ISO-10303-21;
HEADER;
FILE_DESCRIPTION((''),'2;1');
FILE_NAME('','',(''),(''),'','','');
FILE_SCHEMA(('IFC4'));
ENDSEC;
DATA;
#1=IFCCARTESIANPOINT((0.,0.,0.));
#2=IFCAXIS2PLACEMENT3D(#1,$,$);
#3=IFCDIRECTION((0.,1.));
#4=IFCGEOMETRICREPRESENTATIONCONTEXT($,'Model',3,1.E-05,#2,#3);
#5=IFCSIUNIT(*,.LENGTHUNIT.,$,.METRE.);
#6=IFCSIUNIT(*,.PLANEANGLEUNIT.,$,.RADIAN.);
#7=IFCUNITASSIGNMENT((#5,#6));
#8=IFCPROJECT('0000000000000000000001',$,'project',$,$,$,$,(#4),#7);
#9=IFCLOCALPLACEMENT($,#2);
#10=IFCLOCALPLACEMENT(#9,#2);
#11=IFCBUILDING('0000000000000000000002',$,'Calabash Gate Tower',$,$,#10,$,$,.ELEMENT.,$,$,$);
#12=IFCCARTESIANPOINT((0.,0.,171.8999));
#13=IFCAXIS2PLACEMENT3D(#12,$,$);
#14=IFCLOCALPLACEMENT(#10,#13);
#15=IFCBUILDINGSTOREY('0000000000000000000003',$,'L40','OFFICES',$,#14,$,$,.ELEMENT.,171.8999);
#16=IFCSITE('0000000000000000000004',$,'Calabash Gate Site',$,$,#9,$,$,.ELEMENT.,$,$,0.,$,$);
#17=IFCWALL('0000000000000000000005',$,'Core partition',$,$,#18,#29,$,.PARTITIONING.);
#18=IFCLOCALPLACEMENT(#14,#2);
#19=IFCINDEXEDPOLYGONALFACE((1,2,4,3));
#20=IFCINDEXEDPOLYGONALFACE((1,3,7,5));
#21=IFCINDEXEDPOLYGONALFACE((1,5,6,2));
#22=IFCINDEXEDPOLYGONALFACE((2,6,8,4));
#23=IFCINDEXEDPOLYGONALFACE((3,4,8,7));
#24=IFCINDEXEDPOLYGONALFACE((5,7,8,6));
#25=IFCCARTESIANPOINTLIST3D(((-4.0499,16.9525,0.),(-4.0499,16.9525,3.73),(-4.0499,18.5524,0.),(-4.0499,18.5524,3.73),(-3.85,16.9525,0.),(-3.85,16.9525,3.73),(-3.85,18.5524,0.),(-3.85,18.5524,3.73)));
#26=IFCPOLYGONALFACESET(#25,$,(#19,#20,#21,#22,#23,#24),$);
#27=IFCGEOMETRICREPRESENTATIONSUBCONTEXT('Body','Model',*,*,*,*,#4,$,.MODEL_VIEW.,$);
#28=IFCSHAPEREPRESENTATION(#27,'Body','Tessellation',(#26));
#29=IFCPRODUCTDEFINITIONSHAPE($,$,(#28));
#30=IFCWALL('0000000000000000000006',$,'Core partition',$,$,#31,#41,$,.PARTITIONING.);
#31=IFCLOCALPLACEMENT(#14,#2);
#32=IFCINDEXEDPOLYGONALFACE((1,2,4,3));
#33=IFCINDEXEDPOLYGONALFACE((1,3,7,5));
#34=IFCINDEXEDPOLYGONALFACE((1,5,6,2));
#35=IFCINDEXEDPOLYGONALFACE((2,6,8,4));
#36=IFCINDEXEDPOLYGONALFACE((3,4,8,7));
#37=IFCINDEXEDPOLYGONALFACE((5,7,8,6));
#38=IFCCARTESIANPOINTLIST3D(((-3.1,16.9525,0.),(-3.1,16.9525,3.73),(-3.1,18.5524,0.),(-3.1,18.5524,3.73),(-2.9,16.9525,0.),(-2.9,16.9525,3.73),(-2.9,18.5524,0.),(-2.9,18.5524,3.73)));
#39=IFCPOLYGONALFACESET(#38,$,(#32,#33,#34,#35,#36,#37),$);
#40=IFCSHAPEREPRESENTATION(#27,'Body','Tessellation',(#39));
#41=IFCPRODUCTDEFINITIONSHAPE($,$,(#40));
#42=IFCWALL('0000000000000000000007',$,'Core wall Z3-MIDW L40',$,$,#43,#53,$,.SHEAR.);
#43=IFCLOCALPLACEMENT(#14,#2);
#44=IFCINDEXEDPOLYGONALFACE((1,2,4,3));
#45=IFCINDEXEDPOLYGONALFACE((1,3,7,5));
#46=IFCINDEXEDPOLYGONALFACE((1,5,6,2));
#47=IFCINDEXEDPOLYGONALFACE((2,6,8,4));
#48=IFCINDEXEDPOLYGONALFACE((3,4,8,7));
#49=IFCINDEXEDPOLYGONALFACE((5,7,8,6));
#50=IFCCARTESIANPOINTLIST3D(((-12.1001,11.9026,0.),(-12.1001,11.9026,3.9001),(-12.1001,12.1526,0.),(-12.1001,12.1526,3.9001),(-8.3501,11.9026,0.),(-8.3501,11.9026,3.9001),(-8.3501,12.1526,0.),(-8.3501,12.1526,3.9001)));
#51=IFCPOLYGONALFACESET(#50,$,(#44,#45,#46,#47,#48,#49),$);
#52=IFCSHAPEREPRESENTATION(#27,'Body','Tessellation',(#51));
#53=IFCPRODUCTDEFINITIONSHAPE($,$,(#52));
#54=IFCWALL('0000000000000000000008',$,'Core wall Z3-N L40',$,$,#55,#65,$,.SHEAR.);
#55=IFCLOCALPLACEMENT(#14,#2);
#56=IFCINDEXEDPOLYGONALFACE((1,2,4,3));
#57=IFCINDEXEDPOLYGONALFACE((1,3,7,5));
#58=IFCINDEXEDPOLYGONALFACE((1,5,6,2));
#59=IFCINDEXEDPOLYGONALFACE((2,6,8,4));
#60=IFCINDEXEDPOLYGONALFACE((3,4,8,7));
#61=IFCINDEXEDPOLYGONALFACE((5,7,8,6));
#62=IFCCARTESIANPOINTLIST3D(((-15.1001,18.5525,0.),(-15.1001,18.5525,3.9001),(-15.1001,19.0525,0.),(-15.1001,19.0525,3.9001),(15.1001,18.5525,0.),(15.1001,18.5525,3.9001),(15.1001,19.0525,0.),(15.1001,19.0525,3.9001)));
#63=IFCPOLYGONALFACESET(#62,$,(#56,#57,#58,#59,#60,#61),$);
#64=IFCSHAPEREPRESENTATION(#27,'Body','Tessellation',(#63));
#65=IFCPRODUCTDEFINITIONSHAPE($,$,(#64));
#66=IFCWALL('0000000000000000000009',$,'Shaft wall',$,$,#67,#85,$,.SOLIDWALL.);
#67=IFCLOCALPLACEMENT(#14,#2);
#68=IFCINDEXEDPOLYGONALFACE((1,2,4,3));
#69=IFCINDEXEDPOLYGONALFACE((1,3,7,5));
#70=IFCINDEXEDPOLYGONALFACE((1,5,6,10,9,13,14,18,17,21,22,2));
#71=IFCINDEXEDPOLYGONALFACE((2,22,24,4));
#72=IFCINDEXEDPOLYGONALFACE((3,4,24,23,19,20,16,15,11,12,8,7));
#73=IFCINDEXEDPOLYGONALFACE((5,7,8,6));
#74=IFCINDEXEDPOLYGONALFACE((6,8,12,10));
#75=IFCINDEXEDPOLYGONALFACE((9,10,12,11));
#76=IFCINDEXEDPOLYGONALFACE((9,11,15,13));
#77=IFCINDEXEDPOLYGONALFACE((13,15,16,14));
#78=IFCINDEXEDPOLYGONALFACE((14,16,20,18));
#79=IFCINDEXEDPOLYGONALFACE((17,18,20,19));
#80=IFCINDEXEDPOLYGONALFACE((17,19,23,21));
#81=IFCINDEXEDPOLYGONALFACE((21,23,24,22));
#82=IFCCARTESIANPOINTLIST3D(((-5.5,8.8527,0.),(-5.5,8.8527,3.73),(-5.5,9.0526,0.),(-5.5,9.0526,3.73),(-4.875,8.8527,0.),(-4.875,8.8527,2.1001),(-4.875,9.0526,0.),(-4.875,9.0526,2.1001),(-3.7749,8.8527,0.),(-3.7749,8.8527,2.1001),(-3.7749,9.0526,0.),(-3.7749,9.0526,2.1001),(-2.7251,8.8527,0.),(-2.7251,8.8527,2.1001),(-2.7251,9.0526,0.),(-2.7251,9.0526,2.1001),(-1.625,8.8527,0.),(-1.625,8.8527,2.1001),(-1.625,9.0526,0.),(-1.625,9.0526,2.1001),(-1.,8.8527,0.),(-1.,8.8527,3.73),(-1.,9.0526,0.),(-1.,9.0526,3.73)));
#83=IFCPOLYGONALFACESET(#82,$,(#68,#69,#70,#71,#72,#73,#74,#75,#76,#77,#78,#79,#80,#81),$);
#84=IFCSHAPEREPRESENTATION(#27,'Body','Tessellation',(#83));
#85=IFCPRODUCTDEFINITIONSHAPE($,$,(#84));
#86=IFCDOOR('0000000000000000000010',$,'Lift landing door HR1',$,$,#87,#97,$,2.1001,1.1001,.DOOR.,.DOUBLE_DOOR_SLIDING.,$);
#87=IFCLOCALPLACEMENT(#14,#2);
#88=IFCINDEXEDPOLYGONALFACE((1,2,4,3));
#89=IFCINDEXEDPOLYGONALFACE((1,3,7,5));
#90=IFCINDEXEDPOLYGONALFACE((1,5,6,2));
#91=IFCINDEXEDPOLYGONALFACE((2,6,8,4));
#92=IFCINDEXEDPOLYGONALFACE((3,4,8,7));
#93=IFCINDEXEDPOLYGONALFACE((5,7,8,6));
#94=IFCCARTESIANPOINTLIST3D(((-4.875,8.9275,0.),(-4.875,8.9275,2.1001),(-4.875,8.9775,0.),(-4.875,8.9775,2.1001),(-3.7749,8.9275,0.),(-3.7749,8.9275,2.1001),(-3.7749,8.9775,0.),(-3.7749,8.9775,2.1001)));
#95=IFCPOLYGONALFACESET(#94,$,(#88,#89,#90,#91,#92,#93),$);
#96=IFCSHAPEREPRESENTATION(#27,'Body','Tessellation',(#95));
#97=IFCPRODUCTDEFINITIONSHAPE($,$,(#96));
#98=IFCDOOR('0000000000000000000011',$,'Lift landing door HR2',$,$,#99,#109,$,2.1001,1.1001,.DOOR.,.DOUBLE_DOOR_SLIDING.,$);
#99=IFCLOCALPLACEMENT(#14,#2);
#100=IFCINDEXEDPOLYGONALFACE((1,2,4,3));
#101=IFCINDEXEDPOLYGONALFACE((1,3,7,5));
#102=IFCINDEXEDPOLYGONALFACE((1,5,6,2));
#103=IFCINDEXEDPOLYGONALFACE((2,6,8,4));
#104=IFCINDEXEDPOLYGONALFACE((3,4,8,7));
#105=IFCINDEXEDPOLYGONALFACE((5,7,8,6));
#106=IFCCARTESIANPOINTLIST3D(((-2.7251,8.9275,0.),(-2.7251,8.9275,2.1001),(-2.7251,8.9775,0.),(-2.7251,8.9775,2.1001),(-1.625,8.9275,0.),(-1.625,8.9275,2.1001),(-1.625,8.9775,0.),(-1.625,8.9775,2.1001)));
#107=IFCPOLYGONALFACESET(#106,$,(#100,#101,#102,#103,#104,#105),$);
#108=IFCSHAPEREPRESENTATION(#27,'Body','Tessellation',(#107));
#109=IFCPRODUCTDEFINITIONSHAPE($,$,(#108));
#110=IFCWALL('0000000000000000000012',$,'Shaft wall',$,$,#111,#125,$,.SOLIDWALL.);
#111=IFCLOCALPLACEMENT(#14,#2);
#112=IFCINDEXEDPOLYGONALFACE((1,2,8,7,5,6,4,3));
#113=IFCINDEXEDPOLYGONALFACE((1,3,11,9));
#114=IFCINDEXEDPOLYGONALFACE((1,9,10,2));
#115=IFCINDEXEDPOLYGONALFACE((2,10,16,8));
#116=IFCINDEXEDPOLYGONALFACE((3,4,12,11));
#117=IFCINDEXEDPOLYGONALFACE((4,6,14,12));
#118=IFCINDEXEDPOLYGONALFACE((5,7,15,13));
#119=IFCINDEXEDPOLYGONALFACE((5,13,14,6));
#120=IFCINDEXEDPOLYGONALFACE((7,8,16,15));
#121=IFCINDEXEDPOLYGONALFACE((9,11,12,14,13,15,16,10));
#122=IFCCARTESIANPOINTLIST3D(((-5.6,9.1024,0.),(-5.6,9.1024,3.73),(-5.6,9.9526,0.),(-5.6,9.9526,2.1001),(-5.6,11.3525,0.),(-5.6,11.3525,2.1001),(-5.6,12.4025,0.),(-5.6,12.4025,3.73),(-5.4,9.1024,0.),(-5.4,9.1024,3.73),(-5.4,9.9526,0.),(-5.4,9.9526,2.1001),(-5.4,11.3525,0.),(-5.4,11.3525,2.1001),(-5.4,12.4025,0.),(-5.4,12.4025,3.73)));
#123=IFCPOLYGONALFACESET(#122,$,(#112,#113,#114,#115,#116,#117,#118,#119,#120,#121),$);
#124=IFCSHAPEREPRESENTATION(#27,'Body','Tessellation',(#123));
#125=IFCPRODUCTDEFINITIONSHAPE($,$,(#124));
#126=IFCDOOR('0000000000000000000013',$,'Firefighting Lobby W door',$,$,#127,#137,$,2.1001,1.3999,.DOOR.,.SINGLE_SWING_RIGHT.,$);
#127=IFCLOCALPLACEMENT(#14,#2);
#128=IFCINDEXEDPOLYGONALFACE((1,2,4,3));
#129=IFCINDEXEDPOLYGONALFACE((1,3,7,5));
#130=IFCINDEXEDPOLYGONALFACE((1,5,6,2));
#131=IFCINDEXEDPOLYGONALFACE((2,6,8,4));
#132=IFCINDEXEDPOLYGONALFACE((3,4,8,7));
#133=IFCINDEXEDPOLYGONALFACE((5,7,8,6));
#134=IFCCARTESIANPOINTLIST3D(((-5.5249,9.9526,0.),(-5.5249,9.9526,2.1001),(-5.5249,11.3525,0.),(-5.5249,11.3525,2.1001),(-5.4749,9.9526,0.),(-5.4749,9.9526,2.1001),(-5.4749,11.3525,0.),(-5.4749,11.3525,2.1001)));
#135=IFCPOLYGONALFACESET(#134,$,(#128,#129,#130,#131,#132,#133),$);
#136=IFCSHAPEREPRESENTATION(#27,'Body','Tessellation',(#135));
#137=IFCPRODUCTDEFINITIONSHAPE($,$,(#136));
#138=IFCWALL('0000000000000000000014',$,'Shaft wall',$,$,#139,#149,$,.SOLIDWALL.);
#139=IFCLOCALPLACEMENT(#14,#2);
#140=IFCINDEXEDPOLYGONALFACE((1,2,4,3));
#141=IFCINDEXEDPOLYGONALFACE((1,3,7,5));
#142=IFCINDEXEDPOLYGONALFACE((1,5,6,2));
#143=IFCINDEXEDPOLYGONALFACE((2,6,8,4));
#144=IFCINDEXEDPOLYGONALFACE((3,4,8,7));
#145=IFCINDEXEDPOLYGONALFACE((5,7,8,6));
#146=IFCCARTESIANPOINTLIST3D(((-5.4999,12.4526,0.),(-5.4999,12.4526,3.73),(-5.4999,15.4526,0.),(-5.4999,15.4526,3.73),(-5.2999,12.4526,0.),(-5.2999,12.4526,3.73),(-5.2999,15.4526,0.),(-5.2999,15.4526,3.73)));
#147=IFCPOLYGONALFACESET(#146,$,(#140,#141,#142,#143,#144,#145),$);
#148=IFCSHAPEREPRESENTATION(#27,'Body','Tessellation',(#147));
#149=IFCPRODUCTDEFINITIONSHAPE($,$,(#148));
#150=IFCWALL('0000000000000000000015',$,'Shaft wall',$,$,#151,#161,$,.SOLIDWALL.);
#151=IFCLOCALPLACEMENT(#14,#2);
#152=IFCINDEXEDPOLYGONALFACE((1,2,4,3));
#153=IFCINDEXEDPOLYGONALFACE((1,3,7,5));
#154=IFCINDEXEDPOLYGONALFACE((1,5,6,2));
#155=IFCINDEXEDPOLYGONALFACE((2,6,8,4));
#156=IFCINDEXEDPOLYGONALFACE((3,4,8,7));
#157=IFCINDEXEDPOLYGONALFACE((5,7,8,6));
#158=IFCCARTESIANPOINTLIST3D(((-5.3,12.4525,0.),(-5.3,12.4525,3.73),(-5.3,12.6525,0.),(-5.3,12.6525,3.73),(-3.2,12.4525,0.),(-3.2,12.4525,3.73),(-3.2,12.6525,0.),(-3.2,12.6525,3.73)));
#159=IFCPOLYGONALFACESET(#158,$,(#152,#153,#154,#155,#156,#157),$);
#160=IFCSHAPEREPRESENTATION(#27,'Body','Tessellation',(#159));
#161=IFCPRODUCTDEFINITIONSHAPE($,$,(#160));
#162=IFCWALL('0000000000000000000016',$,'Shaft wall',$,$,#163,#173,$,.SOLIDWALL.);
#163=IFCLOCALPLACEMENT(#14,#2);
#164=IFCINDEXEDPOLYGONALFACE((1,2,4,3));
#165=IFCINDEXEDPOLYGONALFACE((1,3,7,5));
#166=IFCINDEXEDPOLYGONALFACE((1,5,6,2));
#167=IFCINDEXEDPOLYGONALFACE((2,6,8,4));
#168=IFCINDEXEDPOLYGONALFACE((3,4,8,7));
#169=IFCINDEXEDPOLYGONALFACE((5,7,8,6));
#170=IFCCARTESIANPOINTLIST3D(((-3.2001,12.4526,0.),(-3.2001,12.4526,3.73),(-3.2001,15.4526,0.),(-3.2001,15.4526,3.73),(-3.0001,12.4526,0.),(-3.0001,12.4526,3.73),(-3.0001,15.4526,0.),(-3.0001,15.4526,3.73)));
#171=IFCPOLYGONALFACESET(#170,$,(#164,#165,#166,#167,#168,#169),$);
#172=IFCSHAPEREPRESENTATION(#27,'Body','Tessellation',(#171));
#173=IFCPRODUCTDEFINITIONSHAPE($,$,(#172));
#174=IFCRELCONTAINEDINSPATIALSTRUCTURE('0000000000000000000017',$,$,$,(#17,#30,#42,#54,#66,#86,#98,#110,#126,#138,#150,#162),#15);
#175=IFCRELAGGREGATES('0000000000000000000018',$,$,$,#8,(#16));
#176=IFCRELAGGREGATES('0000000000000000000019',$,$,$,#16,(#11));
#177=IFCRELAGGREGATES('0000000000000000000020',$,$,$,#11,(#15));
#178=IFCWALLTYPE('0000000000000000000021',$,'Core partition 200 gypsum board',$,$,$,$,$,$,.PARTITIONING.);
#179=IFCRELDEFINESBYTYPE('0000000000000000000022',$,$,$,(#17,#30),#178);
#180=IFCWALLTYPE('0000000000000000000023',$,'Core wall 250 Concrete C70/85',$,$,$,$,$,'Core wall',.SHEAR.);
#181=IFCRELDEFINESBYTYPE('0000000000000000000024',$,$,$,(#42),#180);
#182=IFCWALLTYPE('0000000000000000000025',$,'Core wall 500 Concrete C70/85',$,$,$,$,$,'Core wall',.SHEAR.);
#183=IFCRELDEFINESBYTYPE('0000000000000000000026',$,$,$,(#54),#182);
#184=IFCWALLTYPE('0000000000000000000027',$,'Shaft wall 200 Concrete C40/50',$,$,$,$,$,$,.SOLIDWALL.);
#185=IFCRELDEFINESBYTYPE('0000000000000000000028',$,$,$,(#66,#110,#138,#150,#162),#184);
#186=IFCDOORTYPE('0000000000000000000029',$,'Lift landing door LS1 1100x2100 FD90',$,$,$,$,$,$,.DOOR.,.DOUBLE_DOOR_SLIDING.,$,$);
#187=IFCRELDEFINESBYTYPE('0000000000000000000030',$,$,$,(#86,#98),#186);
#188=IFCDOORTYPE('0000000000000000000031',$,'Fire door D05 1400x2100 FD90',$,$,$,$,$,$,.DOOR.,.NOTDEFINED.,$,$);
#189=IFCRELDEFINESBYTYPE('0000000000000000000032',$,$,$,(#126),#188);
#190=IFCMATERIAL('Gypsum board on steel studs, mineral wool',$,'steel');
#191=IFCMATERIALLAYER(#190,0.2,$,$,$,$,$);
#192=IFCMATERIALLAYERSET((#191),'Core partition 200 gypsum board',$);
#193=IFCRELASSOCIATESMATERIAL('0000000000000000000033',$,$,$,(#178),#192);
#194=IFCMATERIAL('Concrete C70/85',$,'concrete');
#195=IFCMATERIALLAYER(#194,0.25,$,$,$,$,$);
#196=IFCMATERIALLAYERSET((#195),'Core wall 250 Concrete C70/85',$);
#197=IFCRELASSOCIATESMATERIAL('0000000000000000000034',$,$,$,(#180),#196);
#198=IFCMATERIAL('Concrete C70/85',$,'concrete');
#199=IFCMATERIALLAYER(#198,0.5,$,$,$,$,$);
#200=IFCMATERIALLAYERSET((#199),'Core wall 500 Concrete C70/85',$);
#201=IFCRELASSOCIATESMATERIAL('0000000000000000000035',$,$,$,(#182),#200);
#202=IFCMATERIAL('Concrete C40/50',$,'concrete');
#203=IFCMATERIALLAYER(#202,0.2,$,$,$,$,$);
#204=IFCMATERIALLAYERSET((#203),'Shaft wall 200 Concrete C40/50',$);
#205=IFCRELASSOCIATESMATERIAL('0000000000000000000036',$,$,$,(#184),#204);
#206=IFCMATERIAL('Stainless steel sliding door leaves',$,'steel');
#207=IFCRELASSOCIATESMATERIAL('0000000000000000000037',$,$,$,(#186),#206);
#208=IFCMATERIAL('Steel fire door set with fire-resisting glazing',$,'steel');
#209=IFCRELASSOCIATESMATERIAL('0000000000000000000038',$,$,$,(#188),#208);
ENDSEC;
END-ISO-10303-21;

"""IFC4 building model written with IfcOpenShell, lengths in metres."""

from ifc_helpers import new_model, si_unit, direction, frame, frame_2d, origin, place, context, subcontext, project, spatial, rectangle, extrude, material, layer, layer_set, type_object, element, fill, save


model = new_model("IFC4")

# Units and contexts
model_context = context("Model", 3, precision=1e-05, world=origin(), true_north=direction((0.0, 1.0)))
body_context = subcontext(model_context, "Body", "Model", "MODEL_VIEW")
ifc_project = project(units=[si_unit("LENGTHUNIT", "METRE"), si_unit("PLANEANGLEUNIT", "RADIAN")], contexts=[model_context])

# Site, building, storey
site_placement = place(None, origin())
site = spatial("IfcSite", under=ifc_project, at=site_placement, Name="Calabash Gate Site", CompositionType="ELEMENT", RefElevation=0.0)
building_placement = place(site_placement, origin())
building = spatial("IfcBuilding", under=site, at=building_placement, Name="Calabash Gate Tower", CompositionType="ELEMENT")
storey_placement = place(building_placement, frame((0.0, 0.0, 171.8999)))
storey = spatial("IfcBuildingStorey", under=building, at=storey_placement, Name="L40", Description="OFFICES", CompositionType="ELEMENT", Elevation=171.8999)

# Walls
ifc_material_1 = material(Name="Gypsum board on steel studs, mineral wool", Category="steel")
ifc_layer_1 = layer(ifc_material_1, 0.2)
ifc_layer_set_1 = layer_set([ifc_layer_1], Name="Core partition 200 gypsum board")
wall_type_1 = type_object("IfcWallType", Name="Core partition 200 gypsum board", PredefinedType="PARTITIONING", material=ifc_layer_set_1)
for number, where, z_axis, x_axis, name in (
    (1, (-3.95, 16.9526, 0.0), (0.0, 0.0, 1.0), (0.0, 1.0, 0.0), "Core partition"),
    (2, (-3.0, 16.9526, 0.0), (0.0, 0.0, 1.0), (0.0, 1.0, 0.0), "Core partition"),
):
    element("IfcWall", number, at=place(storey_placement, frame(where, z_axis=z_axis, x_axis=x_axis)), inside=storey, type_object=wall_type_1, Name=name, PredefinedType="PARTITIONING", context=body_context, shape_type="SweptSolid", body=[
        extrude(rectangle(XDim=1.5999, YDim=0.2, at=frame_2d((0.7998, 0.0))), origin(), (0.0, 0.0, 1.0), 3.73),
    ])
ifc_material_2 = material(Name="Concrete C70/85", Category="concrete")
ifc_layer_2 = layer(ifc_material_2, 0.25)
ifc_layer_set_2 = layer_set([ifc_layer_2], Name="Core wall 250 Concrete C70/85")
wall_type_2 = type_object("IfcWallType", Name="Core wall 250 Concrete C70/85", ElementType="Core wall", PredefinedType="SHEAR", material=ifc_layer_set_2)
wall_1_placement = place(storey_placement, frame((-12.1001, 12.0276, 0.0), z_axis=(0.0, 0.0, 1.0), x_axis=(1.0, 0.0, 0.0)))
element("IfcWall", 3, at=wall_1_placement, inside=storey, type_object=wall_type_2, Name="Core wall Z3-MIDW L40", PredefinedType="SHEAR", context=body_context, shape_type="SweptSolid", body=[
    extrude(rectangle(XDim=3.75, YDim=0.25, at=frame_2d((1.875, 0.0))), origin(), (0.0, 0.0, 1.0), 3.9001),
])
ifc_material_3 = material(Name="Concrete C70/85", Category="concrete")
ifc_layer_3 = layer(ifc_material_3, 0.5)
ifc_layer_set_3 = layer_set([ifc_layer_3], Name="Core wall 500 Concrete C70/85")
wall_type_3 = type_object("IfcWallType", Name="Core wall 500 Concrete C70/85", ElementType="Core wall", PredefinedType="SHEAR", material=ifc_layer_set_3)
wall_2_placement = place(storey_placement, frame((-15.1001, 18.8025, 0.0), z_axis=(0.0, 0.0, 1.0), x_axis=(1.0, 0.0, 0.0)))
element("IfcWall", 4, at=wall_2_placement, inside=storey, type_object=wall_type_3, Name="Core wall Z3-N L40", PredefinedType="SHEAR", context=body_context, shape_type="SweptSolid", body=[
    extrude(rectangle(XDim=30.2002, YDim=0.5, at=frame_2d((15.1001, 0.0))), origin(), (0.0, 0.0, 1.0), 3.9001),
])

# Wall, openings, doors
ifc_material_4 = material(Name="Concrete C40/50", Category="concrete")
ifc_layer_4 = layer(ifc_material_4, 0.2)
ifc_layer_set_4 = layer_set([ifc_layer_4], Name="Shaft wall 200 Concrete C40/50")
wall_type_4 = type_object("IfcWallType", Name="Shaft wall 200 Concrete C40/50", PredefinedType="SOLIDWALL", material=ifc_layer_set_4)
wall_3_placement = place(storey_placement, frame((-5.5, 8.9526, 0.0), z_axis=(0.0, 0.0, 1.0), x_axis=(1.0, 0.0, 0.0)))
wall_3 = element("IfcWall", 5, at=wall_3_placement, inside=storey, type_object=wall_type_4, Name="Shaft wall", PredefinedType="SOLIDWALL", context=body_context, shape_type="SweptSolid", body=[
    extrude(rectangle(XDim=4.5, YDim=0.2, at=frame_2d((2.25, 0.0))), origin(), (0.0, 0.0, 1.0), 3.73),
])
opening_1_placement = place(wall_3_placement, frame((0.625, 0.0, 0.0)))
opening_1 = element("IfcOpeningElement", 6, at=opening_1_placement, cuts=wall_3, PredefinedType="OPENING", context=body_context, shape_type="SweptSolid", body=[
    extrude(rectangle(XDim=1.1001, YDim=2.1001, at=frame_2d((0.55, 1.05))), frame((0.0, 0.1099, 0.0), z_axis=(0.0, -1.0, 0.0), x_axis=(1.0, 0.0, 0.0)), (0.0, 0.0, 1.0), 0.22),
])
opening_2_placement = place(wall_3_placement, frame((2.7749, 0.0, 0.0)))
opening_2 = element("IfcOpeningElement", 7, at=opening_2_placement, cuts=wall_3, PredefinedType="OPENING", context=body_context, shape_type="SweptSolid", body=[
    extrude(rectangle(XDim=1.1001, YDim=2.1001, at=frame_2d((0.55, 1.05))), frame((0.0, 0.1099, 0.0), z_axis=(0.0, -1.0, 0.0), x_axis=(1.0, 0.0, 0.0)), (0.0, 0.0, 1.0), 0.22),
])
ifc_material_5 = material(Name="Stainless steel sliding door leaves", Category="steel")
door_type_1 = type_object("IfcDoorType", Name="Lift landing door LS1 1100x2100 FD90", OperationType="DOUBLE_DOOR_SLIDING", PredefinedType="DOOR", material=ifc_material_5)
door_1_placement = place(opening_1_placement, origin())
door_1 = element("IfcDoor", 8, at=door_1_placement, inside=storey, type_object=door_type_1, Name="Lift landing door HR1", OperationType="DOUBLE_DOOR_SLIDING", OverallHeight=2.1001, OverallWidth=1.1001, PredefinedType="DOOR", context=body_context, shape_type="SweptSolid", body=[
    extrude(rectangle(XDim=1.1001, YDim=2.1001, at=frame_2d((0.55, 1.05))), frame((0.0, 0.0249, 0.0), z_axis=(0.0, -1.0, 0.0), x_axis=(1.0, 0.0, 0.0)), (0.0, 0.0, 1.0), 0.05),
])
fill(opening_1, door_1)
door_2_placement = place(opening_2_placement, origin())
door_2 = element("IfcDoor", 9, at=door_2_placement, inside=storey, type_object=door_type_1, Name="Lift landing door HR2", OperationType="DOUBLE_DOOR_SLIDING", OverallHeight=2.1001, OverallWidth=1.1001, PredefinedType="DOOR", context=body_context, shape_type="SweptSolid", body=[
    extrude(rectangle(XDim=1.1001, YDim=2.1001, at=frame_2d((0.55, 1.05))), frame((0.0, 0.0249, 0.0), z_axis=(0.0, -1.0, 0.0), x_axis=(1.0, 0.0, 0.0)), (0.0, 0.0, 1.0), 0.05),
])
fill(opening_2, door_2)

# Wall, opening, door
wall_4_placement = place(storey_placement, frame((-5.5, 9.1025, 0.0), z_axis=(0.0, 0.0, 1.0), x_axis=(0.0, 1.0, 0.0)))
wall_4 = element("IfcWall", 10, at=wall_4_placement, inside=storey, type_object=wall_type_4, Name="Shaft wall", PredefinedType="SOLIDWALL", context=body_context, shape_type="SweptSolid", body=[
    extrude(rectangle(XDim=3.3, YDim=0.2, at=frame_2d((1.6499, 0.0))), origin(), (0.0, 0.0, 1.0), 3.73),
])
opening_3_placement = place(wall_4_placement, frame((0.8501, 0.0, 0.0)))
opening_3 = element("IfcOpeningElement", 11, at=opening_3_placement, cuts=wall_4, PredefinedType="OPENING", context=body_context, shape_type="SweptSolid", body=[
    extrude(rectangle(XDim=1.3999, YDim=2.1001, at=frame_2d((0.7, 1.05))), frame((0.0, 0.1099, 0.0), z_axis=(0.0, -1.0, 0.0), x_axis=(1.0, 0.0, 0.0)), (0.0, 0.0, 1.0), 0.22),
])
ifc_material_6 = material(Name="Steel fire door set with fire-resisting glazing", Category="steel")
door_type_2 = type_object("IfcDoorType", Name="Fire door D05 1400x2100 FD90", OperationType="NOTDEFINED", PredefinedType="DOOR", material=ifc_material_6)
door_3_placement = place(opening_3_placement, origin())
door_3 = element("IfcDoor", 12, at=door_3_placement, inside=storey, type_object=door_type_2, Name="Firefighting Lobby W door", OperationType="SINGLE_SWING_RIGHT", OverallHeight=2.1001, OverallWidth=1.3999, PredefinedType="DOOR", context=body_context, shape_type="SweptSolid", body=[
    extrude(rectangle(XDim=1.3999, YDim=2.1001, at=frame_2d((0.7, 1.05))), frame((0.0, 0.0249, 0.0), z_axis=(0.0, -1.0, 0.0), x_axis=(1.0, 0.0, 0.0)), (0.0, 0.0, 1.0), 0.05),
])
fill(opening_3, door_3)

# Walls
wall_5_placement = place(storey_placement, frame((-5.3999, 12.4526, 0.0), z_axis=(0.0, 0.0, 1.0), x_axis=(0.0, 1.0, 0.0)))
element("IfcWall", 13, at=wall_5_placement, inside=storey, type_object=wall_type_4, Name="Shaft wall", PredefinedType="SOLIDWALL", context=body_context, shape_type="SweptSolid", body=[
    extrude(rectangle(XDim=3.0, YDim=0.2, at=frame_2d((1.5, 0.0))), origin(), (0.0, 0.0, 1.0), 3.73),
])
wall_6_placement = place(storey_placement, frame((-5.3, 12.5525, 0.0), z_axis=(0.0, 0.0, 1.0), x_axis=(1.0, 0.0, 0.0)))
element("IfcWall", 14, at=wall_6_placement, inside=storey, type_object=wall_type_4, Name="Shaft wall", PredefinedType="SOLIDWALL", context=body_context, shape_type="SweptSolid", body=[
    extrude(rectangle(XDim=2.1001, YDim=0.2, at=frame_2d((1.05, 0.0))), origin(), (0.0, 0.0, 1.0), 3.73),
])
wall_7_placement = place(storey_placement, frame((-3.1001, 12.4526, 0.0), z_axis=(0.0, 0.0, 1.0), x_axis=(0.0, 1.0, 0.0)))
element("IfcWall", 15, at=wall_7_placement, inside=storey, type_object=wall_type_4, Name="Shaft wall", PredefinedType="SOLIDWALL", context=body_context, shape_type="SweptSolid", body=[
    extrude(rectangle(XDim=3.0, YDim=0.2, at=frame_2d((1.5, 0.0))), origin(), (0.0, 0.0, 1.0), 3.73),
])

save(model, "model.ifc")
